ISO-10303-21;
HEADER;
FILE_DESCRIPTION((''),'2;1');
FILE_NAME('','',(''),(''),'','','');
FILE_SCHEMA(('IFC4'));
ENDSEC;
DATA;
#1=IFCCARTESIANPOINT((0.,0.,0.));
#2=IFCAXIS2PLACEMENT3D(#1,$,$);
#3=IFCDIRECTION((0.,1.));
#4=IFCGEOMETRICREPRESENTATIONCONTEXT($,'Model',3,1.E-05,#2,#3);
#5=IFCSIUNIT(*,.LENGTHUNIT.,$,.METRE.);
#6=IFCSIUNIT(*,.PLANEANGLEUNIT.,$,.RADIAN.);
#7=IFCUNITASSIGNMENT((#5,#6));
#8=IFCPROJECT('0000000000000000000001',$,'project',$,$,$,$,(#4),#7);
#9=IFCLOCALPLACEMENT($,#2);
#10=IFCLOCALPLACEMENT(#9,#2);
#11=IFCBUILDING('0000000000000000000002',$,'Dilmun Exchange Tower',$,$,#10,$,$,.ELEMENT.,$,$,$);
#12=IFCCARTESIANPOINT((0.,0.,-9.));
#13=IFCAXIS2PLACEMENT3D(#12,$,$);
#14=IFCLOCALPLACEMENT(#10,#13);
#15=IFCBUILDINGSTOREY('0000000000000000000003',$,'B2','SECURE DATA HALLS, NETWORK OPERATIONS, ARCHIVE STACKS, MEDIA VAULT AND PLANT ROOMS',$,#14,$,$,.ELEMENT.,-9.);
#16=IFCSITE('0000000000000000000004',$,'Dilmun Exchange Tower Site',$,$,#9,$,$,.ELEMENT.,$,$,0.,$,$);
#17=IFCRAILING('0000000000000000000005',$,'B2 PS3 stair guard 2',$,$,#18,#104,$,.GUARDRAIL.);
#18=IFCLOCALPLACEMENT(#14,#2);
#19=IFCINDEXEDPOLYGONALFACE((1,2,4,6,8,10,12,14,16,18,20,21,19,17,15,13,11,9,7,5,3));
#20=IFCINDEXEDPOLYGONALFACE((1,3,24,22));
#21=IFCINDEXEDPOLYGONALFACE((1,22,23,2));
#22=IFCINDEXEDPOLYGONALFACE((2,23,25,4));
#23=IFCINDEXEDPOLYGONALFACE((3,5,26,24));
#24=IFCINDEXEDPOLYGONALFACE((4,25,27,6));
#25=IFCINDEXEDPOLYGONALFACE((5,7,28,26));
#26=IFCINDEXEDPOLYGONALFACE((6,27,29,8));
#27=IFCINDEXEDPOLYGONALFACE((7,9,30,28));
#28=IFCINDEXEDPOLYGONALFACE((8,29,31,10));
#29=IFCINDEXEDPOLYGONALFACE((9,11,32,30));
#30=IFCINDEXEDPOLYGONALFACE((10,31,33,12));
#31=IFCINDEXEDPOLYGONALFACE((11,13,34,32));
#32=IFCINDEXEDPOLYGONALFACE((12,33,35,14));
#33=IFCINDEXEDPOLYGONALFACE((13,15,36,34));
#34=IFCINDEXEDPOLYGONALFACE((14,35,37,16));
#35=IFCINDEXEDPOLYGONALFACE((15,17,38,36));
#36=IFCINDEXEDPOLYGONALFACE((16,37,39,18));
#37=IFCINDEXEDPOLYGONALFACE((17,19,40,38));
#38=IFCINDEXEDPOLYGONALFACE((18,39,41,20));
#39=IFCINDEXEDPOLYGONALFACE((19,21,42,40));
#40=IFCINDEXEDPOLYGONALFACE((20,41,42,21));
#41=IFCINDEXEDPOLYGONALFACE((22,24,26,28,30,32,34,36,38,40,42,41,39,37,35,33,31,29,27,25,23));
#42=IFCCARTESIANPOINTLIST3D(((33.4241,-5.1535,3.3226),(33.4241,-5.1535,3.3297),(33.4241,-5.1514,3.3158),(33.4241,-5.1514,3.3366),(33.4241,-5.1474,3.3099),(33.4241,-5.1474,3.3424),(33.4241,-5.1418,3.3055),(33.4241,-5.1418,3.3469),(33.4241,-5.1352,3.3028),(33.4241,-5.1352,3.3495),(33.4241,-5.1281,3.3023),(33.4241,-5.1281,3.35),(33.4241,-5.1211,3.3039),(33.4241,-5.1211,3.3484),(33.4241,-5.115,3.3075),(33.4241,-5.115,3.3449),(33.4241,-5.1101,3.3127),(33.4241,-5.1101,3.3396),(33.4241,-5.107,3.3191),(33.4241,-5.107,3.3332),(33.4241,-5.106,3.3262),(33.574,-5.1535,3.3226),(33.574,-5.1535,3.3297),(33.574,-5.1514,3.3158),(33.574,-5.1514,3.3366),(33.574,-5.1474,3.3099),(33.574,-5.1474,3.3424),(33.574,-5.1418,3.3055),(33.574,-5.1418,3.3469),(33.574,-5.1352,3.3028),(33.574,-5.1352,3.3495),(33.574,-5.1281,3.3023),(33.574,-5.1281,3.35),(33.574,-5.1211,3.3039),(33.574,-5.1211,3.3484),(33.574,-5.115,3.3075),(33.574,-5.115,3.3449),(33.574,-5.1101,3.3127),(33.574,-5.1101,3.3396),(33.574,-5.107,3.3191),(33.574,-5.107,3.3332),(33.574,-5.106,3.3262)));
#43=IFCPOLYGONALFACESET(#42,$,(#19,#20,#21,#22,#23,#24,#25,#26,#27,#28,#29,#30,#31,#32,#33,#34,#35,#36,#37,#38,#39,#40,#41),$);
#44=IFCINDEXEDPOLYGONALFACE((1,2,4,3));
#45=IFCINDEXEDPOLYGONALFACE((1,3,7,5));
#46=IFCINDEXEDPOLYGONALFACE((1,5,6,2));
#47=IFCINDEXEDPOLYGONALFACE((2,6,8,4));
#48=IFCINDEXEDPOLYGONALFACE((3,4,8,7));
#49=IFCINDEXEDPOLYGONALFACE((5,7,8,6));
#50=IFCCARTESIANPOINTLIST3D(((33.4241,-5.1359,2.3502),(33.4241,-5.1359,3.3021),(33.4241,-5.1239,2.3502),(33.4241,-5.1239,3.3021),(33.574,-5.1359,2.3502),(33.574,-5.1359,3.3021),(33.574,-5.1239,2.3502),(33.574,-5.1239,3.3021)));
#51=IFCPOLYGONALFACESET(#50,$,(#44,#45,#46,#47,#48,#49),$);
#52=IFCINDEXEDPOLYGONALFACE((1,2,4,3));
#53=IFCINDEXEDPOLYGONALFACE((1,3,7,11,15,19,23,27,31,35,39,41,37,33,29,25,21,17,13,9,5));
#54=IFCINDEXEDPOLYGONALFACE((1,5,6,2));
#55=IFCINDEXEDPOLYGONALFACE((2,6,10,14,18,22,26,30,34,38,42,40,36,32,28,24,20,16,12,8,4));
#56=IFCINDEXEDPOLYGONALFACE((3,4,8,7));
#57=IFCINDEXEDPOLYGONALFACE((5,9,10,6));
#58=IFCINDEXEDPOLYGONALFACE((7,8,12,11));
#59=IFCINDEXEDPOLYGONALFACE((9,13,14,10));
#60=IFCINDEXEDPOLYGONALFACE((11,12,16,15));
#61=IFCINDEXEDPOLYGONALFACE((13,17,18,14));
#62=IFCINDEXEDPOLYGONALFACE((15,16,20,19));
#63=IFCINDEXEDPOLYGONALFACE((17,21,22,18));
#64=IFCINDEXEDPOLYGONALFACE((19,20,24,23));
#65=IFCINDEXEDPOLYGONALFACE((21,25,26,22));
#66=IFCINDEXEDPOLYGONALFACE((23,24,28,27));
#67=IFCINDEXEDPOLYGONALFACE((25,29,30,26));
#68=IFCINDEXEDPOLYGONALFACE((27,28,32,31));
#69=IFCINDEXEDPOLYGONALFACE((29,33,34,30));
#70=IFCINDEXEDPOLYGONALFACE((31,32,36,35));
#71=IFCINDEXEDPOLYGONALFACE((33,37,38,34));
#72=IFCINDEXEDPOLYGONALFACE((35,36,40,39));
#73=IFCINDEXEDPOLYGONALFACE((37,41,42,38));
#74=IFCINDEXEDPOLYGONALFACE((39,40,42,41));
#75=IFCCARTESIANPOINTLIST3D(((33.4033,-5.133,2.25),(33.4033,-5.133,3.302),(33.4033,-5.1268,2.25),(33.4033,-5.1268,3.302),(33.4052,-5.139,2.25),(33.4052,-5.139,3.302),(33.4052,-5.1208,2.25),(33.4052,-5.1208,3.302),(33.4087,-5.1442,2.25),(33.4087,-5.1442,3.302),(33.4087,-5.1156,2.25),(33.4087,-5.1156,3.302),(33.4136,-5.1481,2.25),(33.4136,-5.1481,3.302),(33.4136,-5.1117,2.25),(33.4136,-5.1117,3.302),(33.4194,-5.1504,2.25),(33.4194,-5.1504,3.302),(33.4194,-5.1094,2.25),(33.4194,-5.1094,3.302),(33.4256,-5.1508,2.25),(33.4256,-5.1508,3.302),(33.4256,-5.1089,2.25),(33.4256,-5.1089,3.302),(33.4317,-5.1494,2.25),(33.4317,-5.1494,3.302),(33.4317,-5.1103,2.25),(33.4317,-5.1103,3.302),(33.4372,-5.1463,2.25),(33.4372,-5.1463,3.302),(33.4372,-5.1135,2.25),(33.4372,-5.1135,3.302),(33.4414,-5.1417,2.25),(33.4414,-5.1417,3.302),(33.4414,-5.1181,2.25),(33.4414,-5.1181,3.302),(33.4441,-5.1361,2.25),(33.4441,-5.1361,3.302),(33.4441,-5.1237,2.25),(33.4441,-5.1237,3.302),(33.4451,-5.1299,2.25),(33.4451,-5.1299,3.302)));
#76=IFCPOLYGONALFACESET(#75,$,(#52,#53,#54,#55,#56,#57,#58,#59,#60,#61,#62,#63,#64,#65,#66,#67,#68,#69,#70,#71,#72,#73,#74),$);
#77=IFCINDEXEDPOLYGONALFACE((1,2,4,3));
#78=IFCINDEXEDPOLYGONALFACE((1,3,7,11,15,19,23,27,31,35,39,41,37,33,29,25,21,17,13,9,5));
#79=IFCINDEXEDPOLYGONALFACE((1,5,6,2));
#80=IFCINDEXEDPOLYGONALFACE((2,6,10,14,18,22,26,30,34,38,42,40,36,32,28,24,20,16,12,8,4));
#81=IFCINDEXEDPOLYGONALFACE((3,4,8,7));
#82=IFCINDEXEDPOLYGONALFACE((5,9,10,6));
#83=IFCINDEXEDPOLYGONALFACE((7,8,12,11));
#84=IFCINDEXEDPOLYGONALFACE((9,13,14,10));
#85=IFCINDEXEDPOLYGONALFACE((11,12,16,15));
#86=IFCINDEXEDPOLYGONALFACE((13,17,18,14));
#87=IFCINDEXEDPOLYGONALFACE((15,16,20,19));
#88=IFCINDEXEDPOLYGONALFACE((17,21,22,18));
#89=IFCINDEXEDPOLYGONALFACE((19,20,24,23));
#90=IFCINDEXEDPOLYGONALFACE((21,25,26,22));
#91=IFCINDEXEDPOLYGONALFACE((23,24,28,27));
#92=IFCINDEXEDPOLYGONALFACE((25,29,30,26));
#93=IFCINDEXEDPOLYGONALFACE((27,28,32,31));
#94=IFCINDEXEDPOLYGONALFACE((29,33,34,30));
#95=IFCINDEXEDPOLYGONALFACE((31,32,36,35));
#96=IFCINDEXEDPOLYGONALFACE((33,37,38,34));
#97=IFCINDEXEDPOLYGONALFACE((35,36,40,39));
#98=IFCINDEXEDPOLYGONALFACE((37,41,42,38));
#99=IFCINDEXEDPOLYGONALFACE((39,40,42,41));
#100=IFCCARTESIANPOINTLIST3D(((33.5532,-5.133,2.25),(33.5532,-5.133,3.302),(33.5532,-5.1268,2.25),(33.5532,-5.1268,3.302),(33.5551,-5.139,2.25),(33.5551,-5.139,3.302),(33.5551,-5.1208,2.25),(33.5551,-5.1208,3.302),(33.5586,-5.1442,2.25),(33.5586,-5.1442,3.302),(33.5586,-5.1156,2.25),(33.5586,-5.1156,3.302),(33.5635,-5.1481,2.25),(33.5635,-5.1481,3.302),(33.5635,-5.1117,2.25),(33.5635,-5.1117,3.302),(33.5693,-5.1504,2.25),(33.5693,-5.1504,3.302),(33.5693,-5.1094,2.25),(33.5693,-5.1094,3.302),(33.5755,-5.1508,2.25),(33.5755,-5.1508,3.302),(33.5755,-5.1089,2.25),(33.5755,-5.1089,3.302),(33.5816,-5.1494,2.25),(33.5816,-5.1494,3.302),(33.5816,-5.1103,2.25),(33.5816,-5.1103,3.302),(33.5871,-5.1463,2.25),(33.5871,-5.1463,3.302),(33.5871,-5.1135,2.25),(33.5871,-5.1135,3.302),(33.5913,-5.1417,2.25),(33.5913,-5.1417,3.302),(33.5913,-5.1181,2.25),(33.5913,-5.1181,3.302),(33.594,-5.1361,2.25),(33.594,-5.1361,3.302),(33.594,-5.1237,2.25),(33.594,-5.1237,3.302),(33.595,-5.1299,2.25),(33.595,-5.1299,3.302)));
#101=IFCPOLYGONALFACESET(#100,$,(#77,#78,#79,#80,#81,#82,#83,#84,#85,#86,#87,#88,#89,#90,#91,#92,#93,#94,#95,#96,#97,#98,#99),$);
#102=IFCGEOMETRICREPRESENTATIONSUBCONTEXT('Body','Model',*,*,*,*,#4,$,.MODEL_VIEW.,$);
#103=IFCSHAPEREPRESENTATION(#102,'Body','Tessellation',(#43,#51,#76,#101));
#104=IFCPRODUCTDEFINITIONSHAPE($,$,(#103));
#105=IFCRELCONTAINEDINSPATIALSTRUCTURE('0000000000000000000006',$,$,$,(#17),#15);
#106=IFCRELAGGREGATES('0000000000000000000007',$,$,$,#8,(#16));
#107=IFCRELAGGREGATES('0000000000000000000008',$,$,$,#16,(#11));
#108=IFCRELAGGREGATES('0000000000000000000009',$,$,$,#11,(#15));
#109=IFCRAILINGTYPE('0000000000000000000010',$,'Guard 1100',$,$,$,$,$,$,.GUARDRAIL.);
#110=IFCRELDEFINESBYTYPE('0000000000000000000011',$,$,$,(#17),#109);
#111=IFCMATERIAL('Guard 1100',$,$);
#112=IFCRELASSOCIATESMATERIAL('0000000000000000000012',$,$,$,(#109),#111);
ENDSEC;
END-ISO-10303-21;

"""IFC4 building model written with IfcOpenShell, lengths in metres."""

from ifc_helpers import new_model, si_unit, direction, frame, origin, origin_2d, place, context, subcontext, project, spatial, rectangle, circle, extrude, material, type_object, element, save


model = new_model("IFC4")

# Units and contexts
model_context = context("Model", 3, precision=1e-05, world=origin(), true_north=direction((0.0, 1.0)))
body_context = subcontext(model_context, "Body", "Model", "MODEL_VIEW")
ifc_project = project(units=[si_unit("LENGTHUNIT", "METRE"), si_unit("PLANEANGLEUNIT", "RADIAN")], contexts=[model_context])

# Site, building, storey
site_placement = place(None, origin())
site = spatial("IfcSite", under=ifc_project, at=site_placement, Name="Dilmun Exchange Tower Site", CompositionType="ELEMENT", RefElevation=0.0)
building_placement = place(site_placement, origin())
building = spatial("IfcBuilding", under=site, at=building_placement, Name="Dilmun Exchange Tower", CompositionType="ELEMENT")
storey_placement = place(building_placement, frame((0.0, 0.0, -9.0)))
storey = spatial("IfcBuildingStorey", under=building, at=storey_placement, Name="B2", Description="SECURE DATA HALLS, NETWORK OPERATIONS, ARCHIVE STACKS, MEDIA VAULT AND PLANT ROOMS", CompositionType="ELEMENT", Elevation=-9.0)

# Railing
ifc_material_1 = material(Name="Guard 1100")
railing_type_1 = type_object("IfcRailingType", Name="Guard 1100", PredefinedType="GUARDRAIL", material=ifc_material_1)
railing_1_placement = place(storey_placement, frame((33.4241, -5.1299, 2.25)))
element("IfcRailing", 1, at=railing_1_placement, inside=storey, type_object=railing_type_1, Name="B2 PS3 stair guard 2", PredefinedType="GUARDRAIL", context=body_context, shape_type="SweptSolid", body=[
    extrude(circle(Radius=0.0239, at=origin_2d()), frame((0.0, 0.0, 1.0762), z_axis=(1.0, 0.0, 0.0), x_axis=(0.0, 1.0, 0.0)), (0.0, 0.0, 1.0), 0.1499),
    extrude(rectangle(XDim=0.012, YDim=0.9519, at=origin_2d()), frame((0.0, 0.0, 0.5762), z_axis=(1.0, 0.0, 0.0), x_axis=(0.0, 1.0, 0.0)), (0.0, 0.0, 1.0), 0.1499),
    extrude(circle(Radius=0.021, at=origin_2d()), origin(), (0.0, 0.0, 1.0), 1.052),
    extrude(circle(Radius=0.021, at=origin_2d()), frame((0.1499, 0.0, 0.0)), (0.0, 0.0, 1.0), 1.052),
])

save(model, "model.ifc")
